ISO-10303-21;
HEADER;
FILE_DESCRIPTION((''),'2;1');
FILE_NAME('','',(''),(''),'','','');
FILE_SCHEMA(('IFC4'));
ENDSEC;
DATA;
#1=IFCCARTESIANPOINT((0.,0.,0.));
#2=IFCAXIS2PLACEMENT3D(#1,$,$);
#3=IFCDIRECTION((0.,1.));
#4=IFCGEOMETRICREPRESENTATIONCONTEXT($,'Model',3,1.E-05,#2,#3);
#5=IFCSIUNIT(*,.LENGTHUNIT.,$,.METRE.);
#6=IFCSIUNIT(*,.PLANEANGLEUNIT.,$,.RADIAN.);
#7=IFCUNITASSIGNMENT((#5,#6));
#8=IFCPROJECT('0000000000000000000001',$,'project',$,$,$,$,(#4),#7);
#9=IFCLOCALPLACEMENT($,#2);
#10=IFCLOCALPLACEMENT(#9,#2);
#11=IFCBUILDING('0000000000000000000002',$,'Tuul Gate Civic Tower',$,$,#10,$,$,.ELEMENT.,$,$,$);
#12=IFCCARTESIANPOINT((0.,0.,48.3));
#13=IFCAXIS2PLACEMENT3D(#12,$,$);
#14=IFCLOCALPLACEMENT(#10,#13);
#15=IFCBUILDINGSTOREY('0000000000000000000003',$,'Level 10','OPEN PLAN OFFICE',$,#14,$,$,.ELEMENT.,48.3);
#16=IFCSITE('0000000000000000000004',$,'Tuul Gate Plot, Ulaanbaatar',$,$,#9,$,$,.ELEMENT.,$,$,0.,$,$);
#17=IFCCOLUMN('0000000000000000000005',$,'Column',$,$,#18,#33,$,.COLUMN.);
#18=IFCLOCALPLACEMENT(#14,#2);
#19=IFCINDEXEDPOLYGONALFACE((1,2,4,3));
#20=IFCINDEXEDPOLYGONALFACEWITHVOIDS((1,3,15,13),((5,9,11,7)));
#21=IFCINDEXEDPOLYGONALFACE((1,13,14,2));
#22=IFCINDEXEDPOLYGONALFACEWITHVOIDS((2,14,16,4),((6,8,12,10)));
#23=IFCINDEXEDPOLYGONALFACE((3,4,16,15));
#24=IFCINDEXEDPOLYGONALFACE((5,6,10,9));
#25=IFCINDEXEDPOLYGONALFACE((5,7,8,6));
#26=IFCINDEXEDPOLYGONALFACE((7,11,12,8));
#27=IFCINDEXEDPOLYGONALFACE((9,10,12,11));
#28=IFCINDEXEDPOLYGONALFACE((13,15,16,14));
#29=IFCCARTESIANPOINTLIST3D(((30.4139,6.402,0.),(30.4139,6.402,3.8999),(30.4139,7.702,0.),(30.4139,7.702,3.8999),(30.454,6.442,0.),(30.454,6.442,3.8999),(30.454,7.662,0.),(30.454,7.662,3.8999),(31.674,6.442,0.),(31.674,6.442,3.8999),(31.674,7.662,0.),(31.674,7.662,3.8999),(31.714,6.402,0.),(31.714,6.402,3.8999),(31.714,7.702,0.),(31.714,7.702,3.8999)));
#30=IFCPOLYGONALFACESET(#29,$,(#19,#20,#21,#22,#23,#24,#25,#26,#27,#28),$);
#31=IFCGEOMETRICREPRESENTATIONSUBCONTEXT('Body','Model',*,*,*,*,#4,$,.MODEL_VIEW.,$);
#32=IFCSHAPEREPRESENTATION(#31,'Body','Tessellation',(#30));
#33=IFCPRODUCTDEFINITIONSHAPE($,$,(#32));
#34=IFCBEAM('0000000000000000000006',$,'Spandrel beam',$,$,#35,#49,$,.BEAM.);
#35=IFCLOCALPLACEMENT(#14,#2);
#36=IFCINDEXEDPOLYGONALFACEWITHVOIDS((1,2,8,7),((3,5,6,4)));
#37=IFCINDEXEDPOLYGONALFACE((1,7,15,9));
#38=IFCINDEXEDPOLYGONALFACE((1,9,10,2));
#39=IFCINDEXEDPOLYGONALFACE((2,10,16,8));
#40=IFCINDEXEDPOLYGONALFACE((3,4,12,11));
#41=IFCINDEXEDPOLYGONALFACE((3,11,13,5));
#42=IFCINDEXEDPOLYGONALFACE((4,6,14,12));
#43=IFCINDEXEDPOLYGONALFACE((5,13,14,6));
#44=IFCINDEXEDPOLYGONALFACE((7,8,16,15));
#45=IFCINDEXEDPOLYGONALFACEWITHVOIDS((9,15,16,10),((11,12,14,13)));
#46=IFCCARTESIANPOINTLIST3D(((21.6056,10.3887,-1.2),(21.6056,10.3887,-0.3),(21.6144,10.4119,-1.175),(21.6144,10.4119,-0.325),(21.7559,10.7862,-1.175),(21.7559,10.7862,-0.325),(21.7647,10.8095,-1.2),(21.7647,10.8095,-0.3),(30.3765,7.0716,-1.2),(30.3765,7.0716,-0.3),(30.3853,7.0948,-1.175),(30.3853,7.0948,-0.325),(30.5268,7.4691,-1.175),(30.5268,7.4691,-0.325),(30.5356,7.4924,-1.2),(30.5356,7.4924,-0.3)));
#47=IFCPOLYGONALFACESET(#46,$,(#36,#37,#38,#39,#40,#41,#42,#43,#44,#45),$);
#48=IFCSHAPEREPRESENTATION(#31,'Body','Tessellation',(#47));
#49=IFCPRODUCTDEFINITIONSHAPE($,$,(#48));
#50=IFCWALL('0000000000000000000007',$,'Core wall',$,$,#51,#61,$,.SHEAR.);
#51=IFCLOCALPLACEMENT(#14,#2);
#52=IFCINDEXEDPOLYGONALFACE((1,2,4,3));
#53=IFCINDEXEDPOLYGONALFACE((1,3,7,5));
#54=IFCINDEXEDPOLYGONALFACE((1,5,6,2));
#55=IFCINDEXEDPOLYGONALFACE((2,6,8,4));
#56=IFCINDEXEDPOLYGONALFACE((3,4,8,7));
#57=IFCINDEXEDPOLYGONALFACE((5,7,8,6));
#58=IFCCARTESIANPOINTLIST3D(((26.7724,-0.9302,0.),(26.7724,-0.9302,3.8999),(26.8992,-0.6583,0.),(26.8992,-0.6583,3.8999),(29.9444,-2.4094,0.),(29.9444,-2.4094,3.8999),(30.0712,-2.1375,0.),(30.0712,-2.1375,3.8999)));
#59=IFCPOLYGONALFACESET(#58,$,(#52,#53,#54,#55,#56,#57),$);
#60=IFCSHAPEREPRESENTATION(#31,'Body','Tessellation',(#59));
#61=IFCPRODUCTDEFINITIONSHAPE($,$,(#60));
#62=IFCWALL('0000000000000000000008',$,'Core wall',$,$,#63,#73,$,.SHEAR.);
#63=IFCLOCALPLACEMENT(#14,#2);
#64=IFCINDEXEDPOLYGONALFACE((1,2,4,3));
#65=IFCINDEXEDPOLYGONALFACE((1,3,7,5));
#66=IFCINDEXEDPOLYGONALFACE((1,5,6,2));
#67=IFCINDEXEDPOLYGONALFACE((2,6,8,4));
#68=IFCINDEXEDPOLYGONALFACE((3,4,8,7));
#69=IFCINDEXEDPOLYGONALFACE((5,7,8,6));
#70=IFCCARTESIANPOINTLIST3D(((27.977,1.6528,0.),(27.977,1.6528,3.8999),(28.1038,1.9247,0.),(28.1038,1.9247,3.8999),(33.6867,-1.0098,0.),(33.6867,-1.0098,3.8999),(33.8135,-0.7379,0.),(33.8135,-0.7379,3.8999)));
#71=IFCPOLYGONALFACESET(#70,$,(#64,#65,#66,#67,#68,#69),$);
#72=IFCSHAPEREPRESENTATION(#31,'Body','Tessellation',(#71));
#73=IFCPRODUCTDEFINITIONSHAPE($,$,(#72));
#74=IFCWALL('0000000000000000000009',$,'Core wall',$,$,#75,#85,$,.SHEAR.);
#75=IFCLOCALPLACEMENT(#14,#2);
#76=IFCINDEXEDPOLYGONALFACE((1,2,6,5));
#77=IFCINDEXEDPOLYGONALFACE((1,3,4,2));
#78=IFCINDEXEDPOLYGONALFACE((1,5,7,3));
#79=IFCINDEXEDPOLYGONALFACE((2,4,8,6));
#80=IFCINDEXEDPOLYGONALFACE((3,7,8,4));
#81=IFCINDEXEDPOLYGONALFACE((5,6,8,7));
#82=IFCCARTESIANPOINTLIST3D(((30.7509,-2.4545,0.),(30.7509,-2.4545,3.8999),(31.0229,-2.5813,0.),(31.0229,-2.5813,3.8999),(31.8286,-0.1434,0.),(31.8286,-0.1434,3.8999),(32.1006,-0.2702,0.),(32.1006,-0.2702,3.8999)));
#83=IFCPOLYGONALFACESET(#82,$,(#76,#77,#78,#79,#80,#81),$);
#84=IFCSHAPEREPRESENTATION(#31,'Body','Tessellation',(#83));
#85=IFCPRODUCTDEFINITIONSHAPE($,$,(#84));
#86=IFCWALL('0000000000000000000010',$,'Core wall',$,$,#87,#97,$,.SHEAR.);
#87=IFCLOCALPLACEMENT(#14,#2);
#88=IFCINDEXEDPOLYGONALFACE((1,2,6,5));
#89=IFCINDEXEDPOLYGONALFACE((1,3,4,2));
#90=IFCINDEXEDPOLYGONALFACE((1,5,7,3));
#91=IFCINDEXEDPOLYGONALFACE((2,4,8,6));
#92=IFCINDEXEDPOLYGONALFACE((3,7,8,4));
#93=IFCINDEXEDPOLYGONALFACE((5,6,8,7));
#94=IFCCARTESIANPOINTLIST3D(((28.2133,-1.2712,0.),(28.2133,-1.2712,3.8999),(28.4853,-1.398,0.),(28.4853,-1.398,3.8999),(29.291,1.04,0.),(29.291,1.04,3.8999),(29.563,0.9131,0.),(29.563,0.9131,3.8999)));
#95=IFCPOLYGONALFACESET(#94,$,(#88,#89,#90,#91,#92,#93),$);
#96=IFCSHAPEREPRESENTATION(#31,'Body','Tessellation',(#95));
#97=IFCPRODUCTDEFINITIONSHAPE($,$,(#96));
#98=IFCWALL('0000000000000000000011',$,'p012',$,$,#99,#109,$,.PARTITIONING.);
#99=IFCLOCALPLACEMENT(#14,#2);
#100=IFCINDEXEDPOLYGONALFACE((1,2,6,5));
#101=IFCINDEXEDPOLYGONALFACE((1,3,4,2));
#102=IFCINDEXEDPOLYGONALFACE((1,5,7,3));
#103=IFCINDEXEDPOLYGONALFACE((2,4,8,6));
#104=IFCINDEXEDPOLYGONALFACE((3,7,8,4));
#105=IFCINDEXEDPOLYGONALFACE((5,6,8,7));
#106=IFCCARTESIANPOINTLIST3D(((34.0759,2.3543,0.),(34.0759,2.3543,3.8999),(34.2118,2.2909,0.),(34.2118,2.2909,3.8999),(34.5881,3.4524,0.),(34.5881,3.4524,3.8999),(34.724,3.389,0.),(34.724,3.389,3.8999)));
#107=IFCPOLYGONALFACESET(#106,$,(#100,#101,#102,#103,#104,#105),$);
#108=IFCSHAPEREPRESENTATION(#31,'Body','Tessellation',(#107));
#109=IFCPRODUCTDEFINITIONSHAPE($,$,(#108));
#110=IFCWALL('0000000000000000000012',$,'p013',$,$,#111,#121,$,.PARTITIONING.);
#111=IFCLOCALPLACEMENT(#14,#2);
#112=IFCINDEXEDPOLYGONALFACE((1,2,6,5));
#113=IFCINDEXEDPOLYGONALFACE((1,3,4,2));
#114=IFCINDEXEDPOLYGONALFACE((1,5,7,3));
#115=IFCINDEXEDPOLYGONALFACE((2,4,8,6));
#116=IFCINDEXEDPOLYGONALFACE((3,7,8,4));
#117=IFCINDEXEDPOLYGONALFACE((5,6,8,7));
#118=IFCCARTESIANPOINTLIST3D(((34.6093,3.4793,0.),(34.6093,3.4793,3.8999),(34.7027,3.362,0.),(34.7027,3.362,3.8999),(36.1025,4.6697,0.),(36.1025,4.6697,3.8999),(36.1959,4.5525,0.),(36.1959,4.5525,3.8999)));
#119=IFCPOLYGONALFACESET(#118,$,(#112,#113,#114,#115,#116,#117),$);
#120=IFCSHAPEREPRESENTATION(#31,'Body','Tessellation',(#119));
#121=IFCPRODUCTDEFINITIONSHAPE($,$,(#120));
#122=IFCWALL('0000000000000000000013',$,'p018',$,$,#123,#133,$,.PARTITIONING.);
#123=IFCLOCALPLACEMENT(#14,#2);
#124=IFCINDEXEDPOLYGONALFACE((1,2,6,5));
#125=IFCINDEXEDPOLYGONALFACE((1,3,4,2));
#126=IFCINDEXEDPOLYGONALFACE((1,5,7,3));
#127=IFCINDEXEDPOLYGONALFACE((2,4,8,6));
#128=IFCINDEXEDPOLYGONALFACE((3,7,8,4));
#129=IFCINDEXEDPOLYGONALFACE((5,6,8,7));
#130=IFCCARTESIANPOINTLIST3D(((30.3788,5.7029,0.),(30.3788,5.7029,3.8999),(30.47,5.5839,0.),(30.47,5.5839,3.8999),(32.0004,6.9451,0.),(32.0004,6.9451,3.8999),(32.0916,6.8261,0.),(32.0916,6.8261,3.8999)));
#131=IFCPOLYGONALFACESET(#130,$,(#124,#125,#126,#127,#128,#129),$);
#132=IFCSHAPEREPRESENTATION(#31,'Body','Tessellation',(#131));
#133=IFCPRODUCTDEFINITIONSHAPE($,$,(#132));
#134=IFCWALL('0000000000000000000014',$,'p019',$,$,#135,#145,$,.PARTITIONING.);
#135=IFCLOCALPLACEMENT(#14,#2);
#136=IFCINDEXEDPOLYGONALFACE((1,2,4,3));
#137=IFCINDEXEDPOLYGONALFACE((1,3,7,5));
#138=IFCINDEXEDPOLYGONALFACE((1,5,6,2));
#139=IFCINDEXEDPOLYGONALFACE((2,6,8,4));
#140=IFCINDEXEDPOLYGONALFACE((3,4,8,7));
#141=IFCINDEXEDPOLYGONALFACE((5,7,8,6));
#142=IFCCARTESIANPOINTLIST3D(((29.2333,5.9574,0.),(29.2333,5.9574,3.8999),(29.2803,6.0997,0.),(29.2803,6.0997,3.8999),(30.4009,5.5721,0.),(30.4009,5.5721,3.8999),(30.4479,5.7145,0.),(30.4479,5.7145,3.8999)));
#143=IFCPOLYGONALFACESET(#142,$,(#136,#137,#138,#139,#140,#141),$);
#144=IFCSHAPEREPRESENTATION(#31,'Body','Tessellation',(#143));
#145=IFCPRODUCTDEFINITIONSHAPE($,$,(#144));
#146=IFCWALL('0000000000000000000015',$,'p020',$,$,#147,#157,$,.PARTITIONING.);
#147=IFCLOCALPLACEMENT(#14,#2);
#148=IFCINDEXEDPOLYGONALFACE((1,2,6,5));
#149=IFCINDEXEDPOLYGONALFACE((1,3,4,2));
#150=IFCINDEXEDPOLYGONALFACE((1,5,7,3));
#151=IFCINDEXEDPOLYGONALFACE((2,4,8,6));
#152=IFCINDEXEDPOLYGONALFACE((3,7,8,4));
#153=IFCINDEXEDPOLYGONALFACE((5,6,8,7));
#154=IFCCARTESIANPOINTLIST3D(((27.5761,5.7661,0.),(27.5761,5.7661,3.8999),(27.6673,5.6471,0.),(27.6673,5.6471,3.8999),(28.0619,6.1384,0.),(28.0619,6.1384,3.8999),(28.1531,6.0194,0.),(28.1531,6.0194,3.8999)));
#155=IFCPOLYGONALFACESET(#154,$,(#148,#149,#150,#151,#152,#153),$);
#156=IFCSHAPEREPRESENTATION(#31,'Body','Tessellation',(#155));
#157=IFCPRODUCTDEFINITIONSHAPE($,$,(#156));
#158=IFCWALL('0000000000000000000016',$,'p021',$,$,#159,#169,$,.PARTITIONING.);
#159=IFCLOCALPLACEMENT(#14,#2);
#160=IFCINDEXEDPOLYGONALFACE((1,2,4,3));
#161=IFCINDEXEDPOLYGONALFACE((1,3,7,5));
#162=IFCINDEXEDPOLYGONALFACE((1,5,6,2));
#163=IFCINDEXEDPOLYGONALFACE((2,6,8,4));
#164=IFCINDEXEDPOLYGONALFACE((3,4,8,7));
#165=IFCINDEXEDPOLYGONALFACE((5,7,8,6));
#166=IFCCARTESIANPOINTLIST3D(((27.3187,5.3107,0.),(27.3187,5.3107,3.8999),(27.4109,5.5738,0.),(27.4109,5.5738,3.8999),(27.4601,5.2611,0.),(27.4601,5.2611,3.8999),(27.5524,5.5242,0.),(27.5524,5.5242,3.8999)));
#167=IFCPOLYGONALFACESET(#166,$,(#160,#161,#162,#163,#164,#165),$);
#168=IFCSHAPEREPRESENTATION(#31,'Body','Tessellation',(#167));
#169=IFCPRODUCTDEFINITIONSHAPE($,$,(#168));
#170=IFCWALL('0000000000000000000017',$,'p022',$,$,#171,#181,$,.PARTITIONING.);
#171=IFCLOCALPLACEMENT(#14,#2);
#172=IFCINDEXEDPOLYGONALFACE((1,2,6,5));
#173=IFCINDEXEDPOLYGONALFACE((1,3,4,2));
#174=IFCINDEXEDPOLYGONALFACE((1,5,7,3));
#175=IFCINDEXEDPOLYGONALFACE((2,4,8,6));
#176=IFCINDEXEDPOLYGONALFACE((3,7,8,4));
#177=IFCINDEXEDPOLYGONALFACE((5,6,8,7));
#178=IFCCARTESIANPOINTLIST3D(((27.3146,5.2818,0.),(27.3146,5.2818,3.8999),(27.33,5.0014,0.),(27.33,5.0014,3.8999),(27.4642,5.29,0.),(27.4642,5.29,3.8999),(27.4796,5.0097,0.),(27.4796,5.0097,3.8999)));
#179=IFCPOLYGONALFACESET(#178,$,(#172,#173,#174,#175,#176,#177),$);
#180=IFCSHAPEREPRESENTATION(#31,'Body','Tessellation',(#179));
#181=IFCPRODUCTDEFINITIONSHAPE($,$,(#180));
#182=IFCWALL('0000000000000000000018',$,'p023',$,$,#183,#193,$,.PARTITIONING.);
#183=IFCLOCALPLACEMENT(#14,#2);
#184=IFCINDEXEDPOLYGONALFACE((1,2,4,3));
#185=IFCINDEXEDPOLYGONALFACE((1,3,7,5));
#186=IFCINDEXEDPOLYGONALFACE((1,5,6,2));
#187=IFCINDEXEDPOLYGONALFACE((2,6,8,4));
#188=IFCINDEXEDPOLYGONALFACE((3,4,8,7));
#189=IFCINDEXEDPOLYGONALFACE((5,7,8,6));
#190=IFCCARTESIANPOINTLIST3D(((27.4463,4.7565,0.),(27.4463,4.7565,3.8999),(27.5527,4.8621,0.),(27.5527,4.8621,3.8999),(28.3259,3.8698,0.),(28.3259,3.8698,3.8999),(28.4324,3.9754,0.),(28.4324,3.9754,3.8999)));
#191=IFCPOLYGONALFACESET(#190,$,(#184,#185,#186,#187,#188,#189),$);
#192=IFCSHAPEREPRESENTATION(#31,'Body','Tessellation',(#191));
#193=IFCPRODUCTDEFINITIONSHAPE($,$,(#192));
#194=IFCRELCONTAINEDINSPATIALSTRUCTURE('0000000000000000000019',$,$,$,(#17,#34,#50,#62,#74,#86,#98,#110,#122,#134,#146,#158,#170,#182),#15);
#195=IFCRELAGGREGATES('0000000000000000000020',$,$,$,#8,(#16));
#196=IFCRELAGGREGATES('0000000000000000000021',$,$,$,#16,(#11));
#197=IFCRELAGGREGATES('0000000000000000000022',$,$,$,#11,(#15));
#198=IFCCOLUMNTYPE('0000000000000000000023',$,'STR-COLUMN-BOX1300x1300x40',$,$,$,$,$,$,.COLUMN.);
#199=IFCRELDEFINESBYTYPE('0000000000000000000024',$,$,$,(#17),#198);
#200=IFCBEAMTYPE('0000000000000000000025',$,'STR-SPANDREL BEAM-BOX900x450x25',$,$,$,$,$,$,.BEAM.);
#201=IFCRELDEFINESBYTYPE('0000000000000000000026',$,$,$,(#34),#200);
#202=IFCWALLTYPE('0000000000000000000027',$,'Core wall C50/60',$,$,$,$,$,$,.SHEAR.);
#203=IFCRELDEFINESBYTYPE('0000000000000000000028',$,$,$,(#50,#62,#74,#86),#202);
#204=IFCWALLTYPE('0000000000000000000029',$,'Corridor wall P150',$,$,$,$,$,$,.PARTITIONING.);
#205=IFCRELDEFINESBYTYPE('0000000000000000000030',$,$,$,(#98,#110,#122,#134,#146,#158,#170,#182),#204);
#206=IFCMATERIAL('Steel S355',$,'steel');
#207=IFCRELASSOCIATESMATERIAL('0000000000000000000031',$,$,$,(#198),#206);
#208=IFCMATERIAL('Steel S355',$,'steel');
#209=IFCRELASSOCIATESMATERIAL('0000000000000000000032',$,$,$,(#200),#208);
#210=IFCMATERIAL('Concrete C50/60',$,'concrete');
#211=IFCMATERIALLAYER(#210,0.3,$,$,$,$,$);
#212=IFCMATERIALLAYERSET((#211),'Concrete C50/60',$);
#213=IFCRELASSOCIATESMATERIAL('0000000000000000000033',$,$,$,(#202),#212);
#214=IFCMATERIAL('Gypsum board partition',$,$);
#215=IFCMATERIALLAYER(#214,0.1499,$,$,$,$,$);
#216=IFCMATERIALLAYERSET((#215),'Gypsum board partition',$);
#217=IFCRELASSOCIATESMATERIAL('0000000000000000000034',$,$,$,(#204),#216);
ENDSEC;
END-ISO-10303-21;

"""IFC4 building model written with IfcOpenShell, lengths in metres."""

from ifc_helpers import new_model, si_unit, direction, frame, frame_2d, origin, origin_2d, place, context, subcontext, project, spatial, rectangle, hollow_rectangle, extrude, material, layer, layer_set, material_profile, profile_set, type_object, element, save


model = new_model("IFC4")

# Units and contexts
model_context = context("Model", 3, precision=1e-05, world=origin(), true_north=direction((0.0, 1.0)))
body_context = subcontext(model_context, "Body", "Model", "MODEL_VIEW")
ifc_project = project(units=[si_unit("LENGTHUNIT", "METRE"), si_unit("PLANEANGLEUNIT", "RADIAN")], contexts=[model_context])

# Site, building, storey
site_placement = place(None, origin())
site = spatial("IfcSite", under=ifc_project, at=site_placement, Name="Tuul Gate Plot, Ulaanbaatar", CompositionType="ELEMENT", RefElevation=0.0)
building_placement = place(site_placement, origin())
building = spatial("IfcBuilding", under=site, at=building_placement, Name="Tuul Gate Civic Tower", CompositionType="ELEMENT")
storey_placement = place(building_placement, frame((0.0, 0.0, 48.3)))
storey = spatial("IfcBuildingStorey", under=building, at=storey_placement, Name="Level 10", Description="OPEN PLAN OFFICE", CompositionType="ELEMENT", Elevation=48.3)

# Column
ifc_material_1 = material(Name="Steel S355", Category="steel")
ifc_material_profile_1 = material_profile(ifc_material_1, hollow_rectangle(XDim=1.3, YDim=1.3, WallThickness=0.04, at=origin_2d()), Name="BOX1300x1300x40")
ifc_profile_set_1 = profile_set([ifc_material_profile_1], Name="Steel S355")
column_type = type_object("IfcColumnType", Name="STR-COLUMN-BOX1300x1300x40", PredefinedType="COLUMN", material=ifc_profile_set_1)
column_placement = place(storey_placement, frame((31.064, 7.052, 0.0), z_axis=(0.0, 0.0, 1.0), x_axis=(1.0, 0.0, 0.0)))
element("IfcColumn", 1, at=column_placement, inside=storey, type_object=column_type, Name="Column", PredefinedType="COLUMN", context=body_context, shape_type="SweptSolid", body=[
    extrude(hollow_rectangle(XDim=1.3, YDim=1.3, WallThickness=0.04, at=origin_2d()), origin(), (0.0, 0.0, 1.0), 3.8999),
])

# Beam
ifc_material_2 = material(Name="Steel S355", Category="steel")
ifc_material_profile_2 = material_profile(ifc_material_2, hollow_rectangle(XDim=0.45, YDim=0.8999, WallThickness=0.0249, at=origin_2d()), Name="BOX900x450x25")
ifc_profile_set_2 = profile_set([ifc_material_profile_2], Name="Steel S355")
beam_type = type_object("IfcBeamType", Name="STR-SPANDREL BEAM-BOX900x450x25", PredefinedType="BEAM", material=ifc_profile_set_2)
beam_placement = place(storey_placement, frame((30.4561, 7.282, -0.75), z_axis=(-0.935343, 0.353741, 0.0), x_axis=(-0.353741, -0.935343, 0.0)))
element("IfcBeam", 2, at=beam_placement, inside=storey, type_object=beam_type, Name="Spandrel beam", PredefinedType="BEAM", context=body_context, shape_type="SweptSolid", body=[
    extrude(hollow_rectangle(XDim=0.45, YDim=0.8999, WallThickness=0.0249, at=origin_2d()), origin(), (0.0, 0.0, 1.0), 9.3772),
])

# Walls
ifc_material_3 = material(Name="Concrete C50/60", Category="concrete")
ifc_layer_1 = layer(ifc_material_3, 0.3)
ifc_layer_set_1 = layer_set([ifc_layer_1], Name="Concrete C50/60")
wall_type_1 = type_object("IfcWallType", Name="Core wall C50/60", PredefinedType="SHEAR", material=ifc_layer_set_1)
wall_1_placement = place(storey_placement, frame((30.0078, -2.2734, 0.0), z_axis=(0.0, 0.0, 1.0), x_axis=(-0.906301, 0.422633, 0.0)))
element("IfcWall", 3, at=wall_1_placement, inside=storey, type_object=wall_type_1, Name="Core wall", PredefinedType="SHEAR", context=body_context, shape_type="SweptSolid", body=[
    extrude(rectangle(XDim=3.5, YDim=0.3, at=frame_2d((1.75, 0.0))), origin(), (0.0, 0.0, 1.0), 3.8999),
])
wall_2_placement = place(storey_placement, frame((33.75, -0.8738, 0.0), z_axis=(0.0, 0.0, 1.0), x_axis=(-0.906301, 0.422633, 0.0)))
element("IfcWall", 4, at=wall_2_placement, inside=storey, type_object=wall_type_1, Name="Core wall", PredefinedType="SHEAR", context=body_context, shape_type="SweptSolid", body=[
    extrude(rectangle(XDim=6.3, YDim=0.3, at=frame_2d((3.1499, 0.0))), origin(), (0.0, 0.0, 1.0), 3.8999),
])
for number, where, z_axis, x_axis, name in (
    (5, (30.887, -2.5178, 0.0), (0.0, 0.0, 1.0), (0.422613, 0.90631, 0.0), "Core wall"),
    (6, (28.3494, -1.3345, 0.0), (0.0, 0.0, 1.0), (0.422613, 0.90631, 0.0), "Core wall"),
):
    element("IfcWall", number, at=place(storey_placement, frame(where, z_axis=z_axis, x_axis=x_axis)), inside=storey, type_object=wall_type_1, Name=name, PredefinedType="SHEAR", context=body_context, shape_type="SweptSolid", body=[
        extrude(rectangle(XDim=2.55, YDim=0.3, at=frame_2d((1.2749, 0.0))), origin(), (0.0, 0.0, 1.0), 3.8999),
    ])
ifc_material_4 = material(Name="Gypsum board partition")
ifc_layer_2 = layer(ifc_material_4, 0.1499)
ifc_layer_set_2 = layer_set([ifc_layer_2], Name="Gypsum board partition")
wall_type_2 = type_object("IfcWallType", Name="Corridor wall P150", PredefinedType="PARTITIONING", material=ifc_layer_set_2)
wall_3_placement = place(storey_placement, frame((34.1438, 2.3225, 0.0), z_axis=(0.0, 0.0, 1.0), x_axis=(0.422709, 0.906265, 0.0)))
element("IfcWall", 7, at=wall_3_placement, inside=storey, type_object=wall_type_2, Name="p012", PredefinedType="PARTITIONING", context=body_context, shape_type="SweptSolid", body=[
    extrude(rectangle(XDim=1.2117, YDim=0.1499, at=frame_2d((0.606, 0.0))), origin(), (0.0, 0.0, 1.0), 3.8999),
])
wall_4_placement = place(storey_placement, frame((34.656, 3.4207, 0.0), z_axis=(0.0, 0.0, 1.0), x_axis=(0.781915, 0.623385, 0.0)))
element("IfcWall", 8, at=wall_4_placement, inside=storey, type_object=wall_type_2, Name="p013", PredefinedType="PARTITIONING", context=body_context, shape_type="SweptSolid", body=[
    extrude(rectangle(XDim=1.9097, YDim=0.1499, at=frame_2d((0.9548, 0.0))), origin(), (0.0, 0.0, 1.0), 3.8999),
])
wall_5_placement = place(storey_placement, frame((30.4243, 5.6433, 0.0), z_axis=(0.0, 0.0, 1.0), x_axis=(0.793849, 0.608115, 0.0)))
element("IfcWall", 9, at=wall_5_placement, inside=storey, type_object=wall_type_2, Name="p018", PredefinedType="PARTITIONING", context=body_context, shape_type="SweptSolid", body=[
    extrude(rectangle(XDim=2.0427, YDim=0.1499, at=frame_2d((1.0215, 0.0))), origin(), (0.0, 0.0, 1.0), 3.8999),
])
wall_6_placement = place(storey_placement, frame((29.2568, 6.0286, 0.0), z_axis=(0.0, 0.0, 1.0), x_axis=(0.949632, -0.313367, 0.0)))
element("IfcWall", 10, at=wall_6_placement, inside=storey, type_object=wall_type_2, Name="p019", PredefinedType="PARTITIONING", context=body_context, shape_type="SweptSolid", body=[
    extrude(rectangle(XDim=1.2295, YDim=0.1499, at=frame_2d((0.6147, 0.0))), origin(), (0.0, 0.0, 1.0), 3.8999),
])
wall_7_placement = place(storey_placement, frame((27.6216, 5.7065, 0.0), z_axis=(0.0, 0.0, 1.0), x_axis=(0.793735, 0.608264, 0.0)))
element("IfcWall", 11, at=wall_7_placement, inside=storey, type_object=wall_type_2, Name="p020", PredefinedType="PARTITIONING", context=body_context, shape_type="SweptSolid", body=[
    extrude(rectangle(XDim=0.6121, YDim=0.1499, at=frame_2d((0.3062, 0.0))), origin(), (0.0, 0.0, 1.0), 3.8999),
])
wall_8_placement = place(storey_placement, frame((27.3894, 5.2859, 0.0), z_axis=(0.0, 0.0, 1.0), x_axis=(0.330896, 0.943667, 0.0)))
element("IfcWall", 12, at=wall_8_placement, inside=storey, type_object=wall_type_2, Name="p021", PredefinedType="PARTITIONING", context=body_context, shape_type="SweptSolid", body=[
    extrude(rectangle(XDim=0.2788, YDim=0.1499, at=frame_2d((0.1394, 0.0))), origin(), (0.0, 0.0, 1.0), 3.8999),
])
wall_9_placement = place(storey_placement, frame((27.3894, 5.2859, 0.0), z_axis=(0.0, 0.0, 1.0), x_axis=(0.054796, -0.998498, 0.0)))
element("IfcWall", 13, at=wall_9_placement, inside=storey, type_object=wall_type_2, Name="p022", PredefinedType="PARTITIONING", context=body_context, shape_type="SweptSolid", body=[
    extrude(rectangle(XDim=0.2808, YDim=0.1499, at=frame_2d((0.1404, 0.0))), origin(), (0.0, 0.0, 1.0), 3.8999),
])
wall_10_placement = place(storey_placement, frame((27.4995, 4.8093, 0.0), z_axis=(0.0, 0.0, 1.0), x_axis=(0.704267, -0.709935, 0.0)))
element("IfcWall", 14, at=wall_10_placement, inside=storey, type_object=wall_type_2, Name="p023", PredefinedType="PARTITIONING", context=body_context, shape_type="SweptSolid", body=[
    extrude(rectangle(XDim=1.249, YDim=0.1499, at=frame_2d((0.6245, 0.0))), origin(), (0.0, 0.0, 1.0), 3.8999),
])

save(model, "model.ifc")
